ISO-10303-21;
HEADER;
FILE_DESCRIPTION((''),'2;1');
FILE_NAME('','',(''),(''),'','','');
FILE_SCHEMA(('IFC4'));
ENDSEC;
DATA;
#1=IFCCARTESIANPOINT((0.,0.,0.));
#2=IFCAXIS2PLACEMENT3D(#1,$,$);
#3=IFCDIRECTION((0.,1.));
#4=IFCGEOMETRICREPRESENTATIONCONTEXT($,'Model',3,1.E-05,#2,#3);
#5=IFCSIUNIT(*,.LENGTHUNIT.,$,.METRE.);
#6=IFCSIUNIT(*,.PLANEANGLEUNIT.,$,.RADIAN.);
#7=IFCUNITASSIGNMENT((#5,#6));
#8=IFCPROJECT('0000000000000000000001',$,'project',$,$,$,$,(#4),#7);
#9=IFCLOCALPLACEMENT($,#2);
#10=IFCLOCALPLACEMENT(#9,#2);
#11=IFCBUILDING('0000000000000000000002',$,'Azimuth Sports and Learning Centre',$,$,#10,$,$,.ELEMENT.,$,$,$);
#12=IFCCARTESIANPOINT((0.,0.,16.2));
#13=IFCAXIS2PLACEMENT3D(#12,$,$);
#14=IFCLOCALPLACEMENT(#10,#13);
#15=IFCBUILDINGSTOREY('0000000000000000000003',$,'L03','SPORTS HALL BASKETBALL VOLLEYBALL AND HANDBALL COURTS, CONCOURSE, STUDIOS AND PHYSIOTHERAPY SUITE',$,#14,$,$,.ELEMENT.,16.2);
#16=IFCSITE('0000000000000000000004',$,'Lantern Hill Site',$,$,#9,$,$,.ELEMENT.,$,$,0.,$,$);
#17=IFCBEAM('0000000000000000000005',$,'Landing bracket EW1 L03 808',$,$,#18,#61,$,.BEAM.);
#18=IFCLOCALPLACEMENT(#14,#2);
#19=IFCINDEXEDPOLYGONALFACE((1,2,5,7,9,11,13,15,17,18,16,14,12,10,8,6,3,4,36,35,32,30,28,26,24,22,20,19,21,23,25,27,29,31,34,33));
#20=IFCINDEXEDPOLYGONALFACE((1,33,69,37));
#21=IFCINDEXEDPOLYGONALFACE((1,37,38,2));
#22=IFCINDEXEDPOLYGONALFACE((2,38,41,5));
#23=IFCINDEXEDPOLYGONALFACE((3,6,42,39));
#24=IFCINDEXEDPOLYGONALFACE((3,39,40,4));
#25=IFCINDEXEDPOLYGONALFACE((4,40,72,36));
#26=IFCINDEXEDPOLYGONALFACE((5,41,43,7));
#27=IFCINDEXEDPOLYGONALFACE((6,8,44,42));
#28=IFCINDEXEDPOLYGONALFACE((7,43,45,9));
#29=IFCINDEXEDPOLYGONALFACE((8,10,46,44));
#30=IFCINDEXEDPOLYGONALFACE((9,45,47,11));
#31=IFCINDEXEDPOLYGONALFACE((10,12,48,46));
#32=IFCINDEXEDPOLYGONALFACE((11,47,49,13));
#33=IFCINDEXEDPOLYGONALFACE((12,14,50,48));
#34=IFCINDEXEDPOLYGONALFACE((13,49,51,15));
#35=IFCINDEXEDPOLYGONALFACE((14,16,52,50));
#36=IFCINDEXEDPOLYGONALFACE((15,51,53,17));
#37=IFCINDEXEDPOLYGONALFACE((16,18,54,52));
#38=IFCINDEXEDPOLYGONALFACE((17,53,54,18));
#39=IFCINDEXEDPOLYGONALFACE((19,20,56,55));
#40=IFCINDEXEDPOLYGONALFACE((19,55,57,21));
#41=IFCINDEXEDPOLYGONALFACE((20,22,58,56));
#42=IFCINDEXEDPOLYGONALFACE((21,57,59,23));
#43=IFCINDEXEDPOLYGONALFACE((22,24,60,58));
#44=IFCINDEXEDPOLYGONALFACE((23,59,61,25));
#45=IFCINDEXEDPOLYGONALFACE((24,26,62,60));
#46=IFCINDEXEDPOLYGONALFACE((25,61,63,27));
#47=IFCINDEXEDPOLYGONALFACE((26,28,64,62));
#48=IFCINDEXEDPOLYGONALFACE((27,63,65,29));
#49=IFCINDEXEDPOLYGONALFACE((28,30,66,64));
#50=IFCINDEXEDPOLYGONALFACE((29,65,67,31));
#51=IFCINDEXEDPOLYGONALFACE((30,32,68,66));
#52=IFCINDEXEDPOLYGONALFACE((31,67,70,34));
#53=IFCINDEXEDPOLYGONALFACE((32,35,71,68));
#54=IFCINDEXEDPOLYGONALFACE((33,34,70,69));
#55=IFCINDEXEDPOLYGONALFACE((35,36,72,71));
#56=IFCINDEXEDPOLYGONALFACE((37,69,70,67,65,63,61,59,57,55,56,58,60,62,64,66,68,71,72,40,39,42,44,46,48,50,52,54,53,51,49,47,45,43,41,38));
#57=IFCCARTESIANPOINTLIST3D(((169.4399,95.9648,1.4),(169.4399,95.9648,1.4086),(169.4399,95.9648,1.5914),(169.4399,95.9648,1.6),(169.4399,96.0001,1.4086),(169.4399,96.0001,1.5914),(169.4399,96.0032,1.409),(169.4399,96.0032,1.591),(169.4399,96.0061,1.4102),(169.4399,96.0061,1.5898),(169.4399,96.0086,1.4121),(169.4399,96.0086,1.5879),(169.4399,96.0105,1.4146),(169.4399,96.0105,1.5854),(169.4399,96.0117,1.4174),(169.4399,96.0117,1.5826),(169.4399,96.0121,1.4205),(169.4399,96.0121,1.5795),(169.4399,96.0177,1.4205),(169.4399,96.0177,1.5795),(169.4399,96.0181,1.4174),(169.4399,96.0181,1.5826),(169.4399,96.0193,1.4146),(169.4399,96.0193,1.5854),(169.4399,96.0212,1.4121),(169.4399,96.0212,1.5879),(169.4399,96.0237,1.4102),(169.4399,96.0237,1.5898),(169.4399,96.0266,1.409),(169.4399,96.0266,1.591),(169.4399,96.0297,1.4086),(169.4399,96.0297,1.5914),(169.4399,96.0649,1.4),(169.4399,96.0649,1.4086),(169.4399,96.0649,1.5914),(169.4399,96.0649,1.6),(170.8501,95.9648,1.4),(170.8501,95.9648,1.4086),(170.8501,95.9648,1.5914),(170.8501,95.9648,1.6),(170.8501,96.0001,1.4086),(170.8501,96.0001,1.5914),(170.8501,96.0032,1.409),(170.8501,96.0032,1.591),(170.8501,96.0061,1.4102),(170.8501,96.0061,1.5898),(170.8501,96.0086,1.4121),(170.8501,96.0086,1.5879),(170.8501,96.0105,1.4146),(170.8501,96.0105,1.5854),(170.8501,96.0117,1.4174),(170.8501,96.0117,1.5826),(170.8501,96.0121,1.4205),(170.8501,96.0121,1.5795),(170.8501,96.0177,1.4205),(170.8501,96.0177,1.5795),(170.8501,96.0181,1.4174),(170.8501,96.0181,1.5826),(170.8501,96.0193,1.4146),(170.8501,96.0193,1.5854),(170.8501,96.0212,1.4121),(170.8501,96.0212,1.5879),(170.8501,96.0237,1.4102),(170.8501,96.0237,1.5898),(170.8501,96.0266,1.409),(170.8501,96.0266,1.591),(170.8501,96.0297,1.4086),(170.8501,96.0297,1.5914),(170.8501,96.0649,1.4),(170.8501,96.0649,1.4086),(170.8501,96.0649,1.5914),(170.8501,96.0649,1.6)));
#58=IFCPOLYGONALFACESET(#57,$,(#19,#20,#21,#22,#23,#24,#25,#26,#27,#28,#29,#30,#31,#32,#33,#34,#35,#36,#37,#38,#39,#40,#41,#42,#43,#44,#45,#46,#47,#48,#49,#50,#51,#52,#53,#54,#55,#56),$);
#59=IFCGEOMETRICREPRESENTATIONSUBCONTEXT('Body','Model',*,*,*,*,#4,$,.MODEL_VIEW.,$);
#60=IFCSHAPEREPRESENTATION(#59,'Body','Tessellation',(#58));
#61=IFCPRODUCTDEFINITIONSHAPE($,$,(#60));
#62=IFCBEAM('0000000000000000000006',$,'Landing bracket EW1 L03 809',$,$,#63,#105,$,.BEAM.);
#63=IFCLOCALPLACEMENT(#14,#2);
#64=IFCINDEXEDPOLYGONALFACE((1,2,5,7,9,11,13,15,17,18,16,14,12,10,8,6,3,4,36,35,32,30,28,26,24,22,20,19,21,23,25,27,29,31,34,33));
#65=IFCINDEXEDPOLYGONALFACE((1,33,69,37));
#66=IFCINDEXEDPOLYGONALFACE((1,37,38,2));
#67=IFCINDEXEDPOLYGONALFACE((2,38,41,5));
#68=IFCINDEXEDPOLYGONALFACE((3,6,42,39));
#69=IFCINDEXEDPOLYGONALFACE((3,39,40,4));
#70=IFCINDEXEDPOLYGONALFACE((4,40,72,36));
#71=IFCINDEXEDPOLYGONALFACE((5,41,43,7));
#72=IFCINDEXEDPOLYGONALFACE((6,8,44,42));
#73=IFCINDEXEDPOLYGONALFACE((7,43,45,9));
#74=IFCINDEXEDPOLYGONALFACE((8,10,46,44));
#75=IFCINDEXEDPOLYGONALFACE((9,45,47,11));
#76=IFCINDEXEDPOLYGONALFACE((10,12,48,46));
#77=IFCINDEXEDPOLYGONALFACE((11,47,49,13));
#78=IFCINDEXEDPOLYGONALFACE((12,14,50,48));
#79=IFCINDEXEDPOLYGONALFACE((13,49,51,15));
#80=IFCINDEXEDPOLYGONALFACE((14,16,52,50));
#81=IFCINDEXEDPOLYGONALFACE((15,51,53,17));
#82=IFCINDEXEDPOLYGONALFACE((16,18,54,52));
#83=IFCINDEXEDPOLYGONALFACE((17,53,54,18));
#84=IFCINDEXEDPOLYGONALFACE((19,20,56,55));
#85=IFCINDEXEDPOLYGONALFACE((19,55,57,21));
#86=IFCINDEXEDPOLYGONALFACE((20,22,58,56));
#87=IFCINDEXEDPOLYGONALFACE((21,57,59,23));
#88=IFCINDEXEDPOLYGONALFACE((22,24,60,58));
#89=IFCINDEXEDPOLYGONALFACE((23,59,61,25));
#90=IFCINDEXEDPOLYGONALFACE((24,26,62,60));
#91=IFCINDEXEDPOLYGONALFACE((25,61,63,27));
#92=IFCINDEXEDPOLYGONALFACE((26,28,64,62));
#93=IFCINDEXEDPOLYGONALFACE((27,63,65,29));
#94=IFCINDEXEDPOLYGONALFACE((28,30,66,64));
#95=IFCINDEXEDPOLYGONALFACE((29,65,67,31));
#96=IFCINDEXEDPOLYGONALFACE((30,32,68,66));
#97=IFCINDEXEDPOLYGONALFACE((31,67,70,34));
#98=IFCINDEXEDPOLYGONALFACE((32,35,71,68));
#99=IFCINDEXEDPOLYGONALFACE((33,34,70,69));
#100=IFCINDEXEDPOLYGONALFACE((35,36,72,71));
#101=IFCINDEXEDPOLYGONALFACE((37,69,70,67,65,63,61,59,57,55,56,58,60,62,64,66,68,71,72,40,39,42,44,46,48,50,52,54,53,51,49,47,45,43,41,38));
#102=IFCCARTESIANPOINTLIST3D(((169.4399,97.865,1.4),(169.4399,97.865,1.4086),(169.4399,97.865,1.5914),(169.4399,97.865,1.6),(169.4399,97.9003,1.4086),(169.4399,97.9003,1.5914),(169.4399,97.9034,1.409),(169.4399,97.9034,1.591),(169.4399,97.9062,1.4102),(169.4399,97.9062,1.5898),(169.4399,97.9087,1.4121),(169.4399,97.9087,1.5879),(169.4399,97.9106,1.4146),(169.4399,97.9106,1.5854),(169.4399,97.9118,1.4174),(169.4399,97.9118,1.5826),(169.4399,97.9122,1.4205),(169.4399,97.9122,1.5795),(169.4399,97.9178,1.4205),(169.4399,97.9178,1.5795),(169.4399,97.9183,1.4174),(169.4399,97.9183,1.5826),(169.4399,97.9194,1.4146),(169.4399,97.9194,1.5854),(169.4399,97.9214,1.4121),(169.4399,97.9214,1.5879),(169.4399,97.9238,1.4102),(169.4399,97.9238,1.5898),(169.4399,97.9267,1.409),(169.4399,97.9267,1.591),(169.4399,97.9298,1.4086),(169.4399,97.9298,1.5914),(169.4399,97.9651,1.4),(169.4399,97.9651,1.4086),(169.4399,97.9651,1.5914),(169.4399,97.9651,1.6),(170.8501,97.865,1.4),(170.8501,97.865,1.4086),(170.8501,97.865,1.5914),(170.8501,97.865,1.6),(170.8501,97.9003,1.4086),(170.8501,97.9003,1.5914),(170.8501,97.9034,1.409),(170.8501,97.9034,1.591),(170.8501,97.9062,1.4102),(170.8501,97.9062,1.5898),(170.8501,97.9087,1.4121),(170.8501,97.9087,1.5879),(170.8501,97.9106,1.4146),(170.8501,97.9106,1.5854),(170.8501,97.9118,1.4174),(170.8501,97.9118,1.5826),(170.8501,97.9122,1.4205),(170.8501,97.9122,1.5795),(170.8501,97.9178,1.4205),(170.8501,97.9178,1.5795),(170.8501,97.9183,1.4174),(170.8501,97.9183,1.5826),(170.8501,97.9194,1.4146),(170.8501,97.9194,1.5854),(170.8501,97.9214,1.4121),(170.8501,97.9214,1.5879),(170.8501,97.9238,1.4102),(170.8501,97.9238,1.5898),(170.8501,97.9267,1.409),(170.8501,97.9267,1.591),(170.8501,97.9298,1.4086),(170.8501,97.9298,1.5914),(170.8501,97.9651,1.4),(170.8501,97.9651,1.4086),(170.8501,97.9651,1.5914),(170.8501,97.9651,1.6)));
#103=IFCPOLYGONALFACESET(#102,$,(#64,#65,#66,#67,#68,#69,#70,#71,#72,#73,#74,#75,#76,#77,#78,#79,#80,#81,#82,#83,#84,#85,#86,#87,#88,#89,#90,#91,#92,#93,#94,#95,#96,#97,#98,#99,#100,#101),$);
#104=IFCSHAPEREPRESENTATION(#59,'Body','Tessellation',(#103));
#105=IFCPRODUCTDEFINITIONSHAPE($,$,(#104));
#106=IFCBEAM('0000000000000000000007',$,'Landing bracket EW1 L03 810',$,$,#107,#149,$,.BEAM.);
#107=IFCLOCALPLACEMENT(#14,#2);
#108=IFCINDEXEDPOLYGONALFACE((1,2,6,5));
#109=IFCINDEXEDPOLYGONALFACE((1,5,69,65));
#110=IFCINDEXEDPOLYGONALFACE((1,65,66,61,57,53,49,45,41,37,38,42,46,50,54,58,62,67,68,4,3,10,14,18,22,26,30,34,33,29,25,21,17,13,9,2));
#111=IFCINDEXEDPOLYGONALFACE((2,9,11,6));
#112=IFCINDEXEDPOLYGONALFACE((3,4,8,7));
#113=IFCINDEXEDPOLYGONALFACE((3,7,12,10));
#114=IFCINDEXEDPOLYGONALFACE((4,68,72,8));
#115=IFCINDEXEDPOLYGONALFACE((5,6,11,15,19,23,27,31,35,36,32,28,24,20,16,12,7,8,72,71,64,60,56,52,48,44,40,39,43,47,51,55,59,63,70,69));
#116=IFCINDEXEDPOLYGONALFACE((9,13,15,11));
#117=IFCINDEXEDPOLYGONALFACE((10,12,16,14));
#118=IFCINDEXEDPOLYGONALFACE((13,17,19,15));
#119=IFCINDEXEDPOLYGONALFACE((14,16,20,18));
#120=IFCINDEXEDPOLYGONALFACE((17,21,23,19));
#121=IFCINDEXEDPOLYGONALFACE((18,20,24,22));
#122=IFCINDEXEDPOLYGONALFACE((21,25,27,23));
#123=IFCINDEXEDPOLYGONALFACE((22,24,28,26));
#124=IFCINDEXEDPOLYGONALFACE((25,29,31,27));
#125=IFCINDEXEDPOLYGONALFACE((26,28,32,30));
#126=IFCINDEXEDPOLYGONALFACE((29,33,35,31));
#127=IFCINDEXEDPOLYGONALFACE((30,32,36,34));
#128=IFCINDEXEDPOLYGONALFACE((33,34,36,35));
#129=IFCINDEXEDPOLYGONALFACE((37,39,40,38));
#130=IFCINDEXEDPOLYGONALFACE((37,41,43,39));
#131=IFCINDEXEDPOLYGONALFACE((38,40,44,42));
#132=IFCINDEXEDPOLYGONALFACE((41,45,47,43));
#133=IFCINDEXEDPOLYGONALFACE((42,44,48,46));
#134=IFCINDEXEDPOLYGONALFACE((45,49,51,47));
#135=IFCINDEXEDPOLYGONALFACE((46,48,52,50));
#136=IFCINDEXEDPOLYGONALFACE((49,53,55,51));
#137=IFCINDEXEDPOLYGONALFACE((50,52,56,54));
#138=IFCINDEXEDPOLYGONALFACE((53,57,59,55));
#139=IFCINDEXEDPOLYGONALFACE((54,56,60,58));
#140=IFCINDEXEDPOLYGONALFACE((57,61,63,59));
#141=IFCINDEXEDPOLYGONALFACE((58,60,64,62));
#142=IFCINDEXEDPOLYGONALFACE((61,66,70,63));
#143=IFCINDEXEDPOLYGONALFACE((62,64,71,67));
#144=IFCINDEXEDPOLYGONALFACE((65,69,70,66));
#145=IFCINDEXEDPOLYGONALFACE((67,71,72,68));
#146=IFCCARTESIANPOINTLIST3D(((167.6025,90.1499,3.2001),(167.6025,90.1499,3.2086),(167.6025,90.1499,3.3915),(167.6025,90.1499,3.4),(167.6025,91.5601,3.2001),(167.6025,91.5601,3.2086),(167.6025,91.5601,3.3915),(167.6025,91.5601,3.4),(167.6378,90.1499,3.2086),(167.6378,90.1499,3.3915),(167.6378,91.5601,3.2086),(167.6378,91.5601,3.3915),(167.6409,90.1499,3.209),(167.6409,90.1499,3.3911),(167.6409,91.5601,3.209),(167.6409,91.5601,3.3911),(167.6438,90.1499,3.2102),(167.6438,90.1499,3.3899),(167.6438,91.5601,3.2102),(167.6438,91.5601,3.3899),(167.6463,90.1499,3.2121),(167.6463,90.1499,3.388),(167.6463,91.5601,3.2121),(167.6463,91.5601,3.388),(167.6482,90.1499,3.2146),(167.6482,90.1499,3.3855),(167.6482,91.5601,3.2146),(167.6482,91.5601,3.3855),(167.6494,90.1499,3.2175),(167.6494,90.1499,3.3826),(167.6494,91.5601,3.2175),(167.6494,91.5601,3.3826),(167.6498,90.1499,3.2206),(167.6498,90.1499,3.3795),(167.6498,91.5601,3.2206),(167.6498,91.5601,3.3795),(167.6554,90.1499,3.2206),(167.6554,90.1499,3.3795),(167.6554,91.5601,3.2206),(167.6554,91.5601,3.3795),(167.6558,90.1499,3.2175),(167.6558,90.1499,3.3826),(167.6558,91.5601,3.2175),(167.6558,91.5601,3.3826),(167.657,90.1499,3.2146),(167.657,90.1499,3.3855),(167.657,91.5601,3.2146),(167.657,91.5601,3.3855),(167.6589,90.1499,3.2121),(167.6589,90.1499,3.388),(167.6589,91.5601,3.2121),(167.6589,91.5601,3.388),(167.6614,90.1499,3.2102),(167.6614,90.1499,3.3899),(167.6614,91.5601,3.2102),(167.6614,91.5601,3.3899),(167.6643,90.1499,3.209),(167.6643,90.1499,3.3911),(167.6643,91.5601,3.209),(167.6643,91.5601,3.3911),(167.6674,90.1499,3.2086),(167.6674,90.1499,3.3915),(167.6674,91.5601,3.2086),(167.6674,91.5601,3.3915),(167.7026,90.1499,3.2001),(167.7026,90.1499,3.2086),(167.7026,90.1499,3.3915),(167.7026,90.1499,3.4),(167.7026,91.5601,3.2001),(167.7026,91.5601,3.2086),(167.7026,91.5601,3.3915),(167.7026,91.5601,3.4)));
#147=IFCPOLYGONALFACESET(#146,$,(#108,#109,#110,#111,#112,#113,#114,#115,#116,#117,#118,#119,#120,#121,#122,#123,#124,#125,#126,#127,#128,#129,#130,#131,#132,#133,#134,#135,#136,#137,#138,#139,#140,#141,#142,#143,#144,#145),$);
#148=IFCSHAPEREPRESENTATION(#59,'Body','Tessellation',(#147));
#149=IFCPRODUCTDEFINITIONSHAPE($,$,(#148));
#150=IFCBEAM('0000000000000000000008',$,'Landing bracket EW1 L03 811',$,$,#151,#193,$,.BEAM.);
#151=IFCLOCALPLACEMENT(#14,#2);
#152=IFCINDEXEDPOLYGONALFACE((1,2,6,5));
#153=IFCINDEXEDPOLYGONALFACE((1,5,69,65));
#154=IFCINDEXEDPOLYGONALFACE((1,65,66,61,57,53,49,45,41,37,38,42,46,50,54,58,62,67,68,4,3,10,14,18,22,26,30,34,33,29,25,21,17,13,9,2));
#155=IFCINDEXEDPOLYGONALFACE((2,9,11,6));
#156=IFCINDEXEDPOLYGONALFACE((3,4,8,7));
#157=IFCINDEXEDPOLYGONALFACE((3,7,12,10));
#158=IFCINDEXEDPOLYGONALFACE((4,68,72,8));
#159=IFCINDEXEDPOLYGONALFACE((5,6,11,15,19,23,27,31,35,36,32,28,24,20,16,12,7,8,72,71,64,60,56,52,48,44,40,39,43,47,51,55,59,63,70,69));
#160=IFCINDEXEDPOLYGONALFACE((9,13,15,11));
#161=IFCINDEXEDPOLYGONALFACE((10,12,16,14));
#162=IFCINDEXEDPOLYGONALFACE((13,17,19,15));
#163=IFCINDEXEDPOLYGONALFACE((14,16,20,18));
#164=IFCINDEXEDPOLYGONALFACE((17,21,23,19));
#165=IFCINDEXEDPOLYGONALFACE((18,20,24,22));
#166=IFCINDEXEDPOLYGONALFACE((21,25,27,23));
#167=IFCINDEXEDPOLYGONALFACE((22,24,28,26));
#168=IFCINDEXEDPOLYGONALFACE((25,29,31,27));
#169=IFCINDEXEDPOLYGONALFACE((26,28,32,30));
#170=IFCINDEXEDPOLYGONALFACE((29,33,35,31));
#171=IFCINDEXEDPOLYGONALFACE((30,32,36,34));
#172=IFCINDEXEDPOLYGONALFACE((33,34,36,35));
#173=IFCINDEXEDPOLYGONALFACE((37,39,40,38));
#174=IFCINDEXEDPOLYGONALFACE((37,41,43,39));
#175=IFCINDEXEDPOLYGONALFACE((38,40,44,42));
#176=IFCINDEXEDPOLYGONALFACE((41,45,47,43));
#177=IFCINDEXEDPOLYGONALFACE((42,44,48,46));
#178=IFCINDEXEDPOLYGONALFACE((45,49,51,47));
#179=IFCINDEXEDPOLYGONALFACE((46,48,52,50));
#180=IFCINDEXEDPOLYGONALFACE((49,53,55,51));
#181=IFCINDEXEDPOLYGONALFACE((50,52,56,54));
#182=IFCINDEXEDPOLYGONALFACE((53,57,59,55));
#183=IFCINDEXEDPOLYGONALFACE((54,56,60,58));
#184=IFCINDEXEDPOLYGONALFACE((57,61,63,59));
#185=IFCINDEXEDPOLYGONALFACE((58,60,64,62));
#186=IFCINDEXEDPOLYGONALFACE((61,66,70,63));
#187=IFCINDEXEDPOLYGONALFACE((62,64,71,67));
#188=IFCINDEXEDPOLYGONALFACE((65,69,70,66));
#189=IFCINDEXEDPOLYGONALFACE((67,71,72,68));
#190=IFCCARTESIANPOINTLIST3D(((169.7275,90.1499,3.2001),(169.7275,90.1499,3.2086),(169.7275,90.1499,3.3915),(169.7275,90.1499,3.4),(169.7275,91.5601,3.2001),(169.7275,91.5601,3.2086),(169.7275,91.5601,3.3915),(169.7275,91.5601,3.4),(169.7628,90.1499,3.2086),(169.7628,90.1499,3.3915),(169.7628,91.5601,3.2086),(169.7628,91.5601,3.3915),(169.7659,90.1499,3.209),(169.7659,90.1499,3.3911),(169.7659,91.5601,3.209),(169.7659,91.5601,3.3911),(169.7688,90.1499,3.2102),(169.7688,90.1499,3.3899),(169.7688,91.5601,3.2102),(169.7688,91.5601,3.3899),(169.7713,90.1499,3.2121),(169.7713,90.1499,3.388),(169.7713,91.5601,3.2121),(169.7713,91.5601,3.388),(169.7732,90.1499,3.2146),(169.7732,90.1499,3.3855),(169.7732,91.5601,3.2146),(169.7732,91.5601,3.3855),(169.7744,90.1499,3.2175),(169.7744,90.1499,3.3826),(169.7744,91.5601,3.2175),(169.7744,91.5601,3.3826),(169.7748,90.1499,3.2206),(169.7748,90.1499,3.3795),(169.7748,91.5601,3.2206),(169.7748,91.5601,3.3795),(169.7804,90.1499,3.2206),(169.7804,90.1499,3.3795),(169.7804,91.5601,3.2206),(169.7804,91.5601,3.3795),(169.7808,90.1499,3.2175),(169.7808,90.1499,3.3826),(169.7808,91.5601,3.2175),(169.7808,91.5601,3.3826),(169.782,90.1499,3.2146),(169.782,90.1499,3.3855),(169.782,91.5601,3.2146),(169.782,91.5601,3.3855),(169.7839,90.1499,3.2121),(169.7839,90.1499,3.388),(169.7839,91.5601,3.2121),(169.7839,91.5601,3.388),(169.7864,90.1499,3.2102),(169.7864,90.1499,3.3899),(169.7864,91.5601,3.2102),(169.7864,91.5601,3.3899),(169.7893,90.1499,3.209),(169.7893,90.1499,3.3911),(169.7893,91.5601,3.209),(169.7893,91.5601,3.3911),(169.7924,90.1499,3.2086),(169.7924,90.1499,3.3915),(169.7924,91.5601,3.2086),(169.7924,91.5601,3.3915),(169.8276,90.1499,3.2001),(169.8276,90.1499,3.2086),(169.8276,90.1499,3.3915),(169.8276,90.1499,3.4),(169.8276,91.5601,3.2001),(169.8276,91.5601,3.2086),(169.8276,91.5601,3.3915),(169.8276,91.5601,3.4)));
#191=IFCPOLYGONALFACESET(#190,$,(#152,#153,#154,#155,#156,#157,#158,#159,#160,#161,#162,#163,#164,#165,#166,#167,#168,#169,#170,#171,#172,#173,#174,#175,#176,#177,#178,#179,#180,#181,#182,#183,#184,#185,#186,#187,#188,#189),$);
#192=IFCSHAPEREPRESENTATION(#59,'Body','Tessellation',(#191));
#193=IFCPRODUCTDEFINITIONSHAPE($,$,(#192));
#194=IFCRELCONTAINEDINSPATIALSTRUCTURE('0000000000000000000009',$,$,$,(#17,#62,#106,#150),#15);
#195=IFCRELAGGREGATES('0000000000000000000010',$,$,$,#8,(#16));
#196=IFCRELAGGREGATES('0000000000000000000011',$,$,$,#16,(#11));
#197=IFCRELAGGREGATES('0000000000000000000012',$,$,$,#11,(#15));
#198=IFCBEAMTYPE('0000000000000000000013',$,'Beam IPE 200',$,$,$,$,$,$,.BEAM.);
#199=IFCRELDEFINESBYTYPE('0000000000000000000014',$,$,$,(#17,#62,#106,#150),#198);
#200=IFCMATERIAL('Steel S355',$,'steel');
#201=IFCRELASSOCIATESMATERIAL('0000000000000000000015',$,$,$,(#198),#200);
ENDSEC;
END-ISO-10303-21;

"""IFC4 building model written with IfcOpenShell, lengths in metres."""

from ifc_helpers import new_model, si_unit, direction, frame, origin, origin_2d, place, context, subcontext, project, spatial, i_section, extrude, material, material_profile, profile_set, type_object, element, save


model = new_model("IFC4")

# Units and contexts
model_context = context("Model", 3, precision=1e-05, world=origin(), true_north=direction((0.0, 1.0)))
body_context = subcontext(model_context, "Body", "Model", "MODEL_VIEW")
ifc_project = project(units=[si_unit("LENGTHUNIT", "METRE"), si_unit("PLANEANGLEUNIT", "RADIAN")], contexts=[model_context])

# Site, building, storey
site_placement = place(None, origin())
site = spatial("IfcSite", under=ifc_project, at=site_placement, Name="Lantern Hill Site", CompositionType="ELEMENT", RefElevation=0.0)
building_placement = place(site_placement, origin())
building = spatial("IfcBuilding", under=site, at=building_placement, Name="Azimuth Sports and Learning Centre", CompositionType="ELEMENT")
storey_placement = place(building_placement, frame((0.0, 0.0, 16.2)))
storey = spatial("IfcBuildingStorey", under=building, at=storey_placement, Name="L03", Description="SPORTS HALL BASKETBALL VOLLEYBALL AND HANDBALL COURTS, CONCOURSE, STUDIOS AND PHYSIOTHERAPY SUITE", CompositionType="ELEMENT", Elevation=16.2)

# Beams
ifc_material_1 = material(Name="Steel S355", Category="steel")
ifc_material_profile_1 = material_profile(ifc_material_1, i_section(OverallWidth=0.1001, OverallDepth=0.2, WebThickness=0.0056, FlangeThickness=0.0085, FilletRadius=0.012, at=origin_2d()), Name="IPE 200")
ifc_profile_set_1 = profile_set([ifc_material_profile_1], Name="Steel S355")
beam_type_1 = type_object("IfcBeamType", Name="Beam IPE 200", PredefinedType="BEAM", material=ifc_profile_set_1)
for number, where, z_axis, x_axis, name in (
    (1, (170.8501, 96.0149, 1.5), (-1.0, 0.0, 0.0), (0.0, -1.0, 0.0), "Landing bracket EW1 L03 808"),
    (2, (170.8501, 97.915, 1.5), (-1.0, 0.0, 0.0), (0.0, -1.0, 0.0), "Landing bracket EW1 L03 809"),
    (3, (167.6526, 90.1499, 3.3), (0.0, 1.0, 0.0), (-1.0, 0.0, 0.0), "Landing bracket EW1 L03 810"),
    (4, (169.7776, 90.1499, 3.3), (0.0, 1.0, 0.0), (-1.0, 0.0, 0.0), "Landing bracket EW1 L03 811"),
):
    element("IfcBeam", number, at=place(storey_placement, frame(where, z_axis=z_axis, x_axis=x_axis)), inside=storey, type_object=beam_type_1, Name=name, PredefinedType="BEAM", context=body_context, shape_type="SweptSolid", body=[
        extrude(i_section(OverallWidth=0.1001, OverallDepth=0.2, WebThickness=0.0056, FlangeThickness=0.0085, FilletRadius=0.012, at=origin_2d()), origin(), (0.0, 0.0, 1.0), 1.4102),
    ])

save(model, "model.ifc")
